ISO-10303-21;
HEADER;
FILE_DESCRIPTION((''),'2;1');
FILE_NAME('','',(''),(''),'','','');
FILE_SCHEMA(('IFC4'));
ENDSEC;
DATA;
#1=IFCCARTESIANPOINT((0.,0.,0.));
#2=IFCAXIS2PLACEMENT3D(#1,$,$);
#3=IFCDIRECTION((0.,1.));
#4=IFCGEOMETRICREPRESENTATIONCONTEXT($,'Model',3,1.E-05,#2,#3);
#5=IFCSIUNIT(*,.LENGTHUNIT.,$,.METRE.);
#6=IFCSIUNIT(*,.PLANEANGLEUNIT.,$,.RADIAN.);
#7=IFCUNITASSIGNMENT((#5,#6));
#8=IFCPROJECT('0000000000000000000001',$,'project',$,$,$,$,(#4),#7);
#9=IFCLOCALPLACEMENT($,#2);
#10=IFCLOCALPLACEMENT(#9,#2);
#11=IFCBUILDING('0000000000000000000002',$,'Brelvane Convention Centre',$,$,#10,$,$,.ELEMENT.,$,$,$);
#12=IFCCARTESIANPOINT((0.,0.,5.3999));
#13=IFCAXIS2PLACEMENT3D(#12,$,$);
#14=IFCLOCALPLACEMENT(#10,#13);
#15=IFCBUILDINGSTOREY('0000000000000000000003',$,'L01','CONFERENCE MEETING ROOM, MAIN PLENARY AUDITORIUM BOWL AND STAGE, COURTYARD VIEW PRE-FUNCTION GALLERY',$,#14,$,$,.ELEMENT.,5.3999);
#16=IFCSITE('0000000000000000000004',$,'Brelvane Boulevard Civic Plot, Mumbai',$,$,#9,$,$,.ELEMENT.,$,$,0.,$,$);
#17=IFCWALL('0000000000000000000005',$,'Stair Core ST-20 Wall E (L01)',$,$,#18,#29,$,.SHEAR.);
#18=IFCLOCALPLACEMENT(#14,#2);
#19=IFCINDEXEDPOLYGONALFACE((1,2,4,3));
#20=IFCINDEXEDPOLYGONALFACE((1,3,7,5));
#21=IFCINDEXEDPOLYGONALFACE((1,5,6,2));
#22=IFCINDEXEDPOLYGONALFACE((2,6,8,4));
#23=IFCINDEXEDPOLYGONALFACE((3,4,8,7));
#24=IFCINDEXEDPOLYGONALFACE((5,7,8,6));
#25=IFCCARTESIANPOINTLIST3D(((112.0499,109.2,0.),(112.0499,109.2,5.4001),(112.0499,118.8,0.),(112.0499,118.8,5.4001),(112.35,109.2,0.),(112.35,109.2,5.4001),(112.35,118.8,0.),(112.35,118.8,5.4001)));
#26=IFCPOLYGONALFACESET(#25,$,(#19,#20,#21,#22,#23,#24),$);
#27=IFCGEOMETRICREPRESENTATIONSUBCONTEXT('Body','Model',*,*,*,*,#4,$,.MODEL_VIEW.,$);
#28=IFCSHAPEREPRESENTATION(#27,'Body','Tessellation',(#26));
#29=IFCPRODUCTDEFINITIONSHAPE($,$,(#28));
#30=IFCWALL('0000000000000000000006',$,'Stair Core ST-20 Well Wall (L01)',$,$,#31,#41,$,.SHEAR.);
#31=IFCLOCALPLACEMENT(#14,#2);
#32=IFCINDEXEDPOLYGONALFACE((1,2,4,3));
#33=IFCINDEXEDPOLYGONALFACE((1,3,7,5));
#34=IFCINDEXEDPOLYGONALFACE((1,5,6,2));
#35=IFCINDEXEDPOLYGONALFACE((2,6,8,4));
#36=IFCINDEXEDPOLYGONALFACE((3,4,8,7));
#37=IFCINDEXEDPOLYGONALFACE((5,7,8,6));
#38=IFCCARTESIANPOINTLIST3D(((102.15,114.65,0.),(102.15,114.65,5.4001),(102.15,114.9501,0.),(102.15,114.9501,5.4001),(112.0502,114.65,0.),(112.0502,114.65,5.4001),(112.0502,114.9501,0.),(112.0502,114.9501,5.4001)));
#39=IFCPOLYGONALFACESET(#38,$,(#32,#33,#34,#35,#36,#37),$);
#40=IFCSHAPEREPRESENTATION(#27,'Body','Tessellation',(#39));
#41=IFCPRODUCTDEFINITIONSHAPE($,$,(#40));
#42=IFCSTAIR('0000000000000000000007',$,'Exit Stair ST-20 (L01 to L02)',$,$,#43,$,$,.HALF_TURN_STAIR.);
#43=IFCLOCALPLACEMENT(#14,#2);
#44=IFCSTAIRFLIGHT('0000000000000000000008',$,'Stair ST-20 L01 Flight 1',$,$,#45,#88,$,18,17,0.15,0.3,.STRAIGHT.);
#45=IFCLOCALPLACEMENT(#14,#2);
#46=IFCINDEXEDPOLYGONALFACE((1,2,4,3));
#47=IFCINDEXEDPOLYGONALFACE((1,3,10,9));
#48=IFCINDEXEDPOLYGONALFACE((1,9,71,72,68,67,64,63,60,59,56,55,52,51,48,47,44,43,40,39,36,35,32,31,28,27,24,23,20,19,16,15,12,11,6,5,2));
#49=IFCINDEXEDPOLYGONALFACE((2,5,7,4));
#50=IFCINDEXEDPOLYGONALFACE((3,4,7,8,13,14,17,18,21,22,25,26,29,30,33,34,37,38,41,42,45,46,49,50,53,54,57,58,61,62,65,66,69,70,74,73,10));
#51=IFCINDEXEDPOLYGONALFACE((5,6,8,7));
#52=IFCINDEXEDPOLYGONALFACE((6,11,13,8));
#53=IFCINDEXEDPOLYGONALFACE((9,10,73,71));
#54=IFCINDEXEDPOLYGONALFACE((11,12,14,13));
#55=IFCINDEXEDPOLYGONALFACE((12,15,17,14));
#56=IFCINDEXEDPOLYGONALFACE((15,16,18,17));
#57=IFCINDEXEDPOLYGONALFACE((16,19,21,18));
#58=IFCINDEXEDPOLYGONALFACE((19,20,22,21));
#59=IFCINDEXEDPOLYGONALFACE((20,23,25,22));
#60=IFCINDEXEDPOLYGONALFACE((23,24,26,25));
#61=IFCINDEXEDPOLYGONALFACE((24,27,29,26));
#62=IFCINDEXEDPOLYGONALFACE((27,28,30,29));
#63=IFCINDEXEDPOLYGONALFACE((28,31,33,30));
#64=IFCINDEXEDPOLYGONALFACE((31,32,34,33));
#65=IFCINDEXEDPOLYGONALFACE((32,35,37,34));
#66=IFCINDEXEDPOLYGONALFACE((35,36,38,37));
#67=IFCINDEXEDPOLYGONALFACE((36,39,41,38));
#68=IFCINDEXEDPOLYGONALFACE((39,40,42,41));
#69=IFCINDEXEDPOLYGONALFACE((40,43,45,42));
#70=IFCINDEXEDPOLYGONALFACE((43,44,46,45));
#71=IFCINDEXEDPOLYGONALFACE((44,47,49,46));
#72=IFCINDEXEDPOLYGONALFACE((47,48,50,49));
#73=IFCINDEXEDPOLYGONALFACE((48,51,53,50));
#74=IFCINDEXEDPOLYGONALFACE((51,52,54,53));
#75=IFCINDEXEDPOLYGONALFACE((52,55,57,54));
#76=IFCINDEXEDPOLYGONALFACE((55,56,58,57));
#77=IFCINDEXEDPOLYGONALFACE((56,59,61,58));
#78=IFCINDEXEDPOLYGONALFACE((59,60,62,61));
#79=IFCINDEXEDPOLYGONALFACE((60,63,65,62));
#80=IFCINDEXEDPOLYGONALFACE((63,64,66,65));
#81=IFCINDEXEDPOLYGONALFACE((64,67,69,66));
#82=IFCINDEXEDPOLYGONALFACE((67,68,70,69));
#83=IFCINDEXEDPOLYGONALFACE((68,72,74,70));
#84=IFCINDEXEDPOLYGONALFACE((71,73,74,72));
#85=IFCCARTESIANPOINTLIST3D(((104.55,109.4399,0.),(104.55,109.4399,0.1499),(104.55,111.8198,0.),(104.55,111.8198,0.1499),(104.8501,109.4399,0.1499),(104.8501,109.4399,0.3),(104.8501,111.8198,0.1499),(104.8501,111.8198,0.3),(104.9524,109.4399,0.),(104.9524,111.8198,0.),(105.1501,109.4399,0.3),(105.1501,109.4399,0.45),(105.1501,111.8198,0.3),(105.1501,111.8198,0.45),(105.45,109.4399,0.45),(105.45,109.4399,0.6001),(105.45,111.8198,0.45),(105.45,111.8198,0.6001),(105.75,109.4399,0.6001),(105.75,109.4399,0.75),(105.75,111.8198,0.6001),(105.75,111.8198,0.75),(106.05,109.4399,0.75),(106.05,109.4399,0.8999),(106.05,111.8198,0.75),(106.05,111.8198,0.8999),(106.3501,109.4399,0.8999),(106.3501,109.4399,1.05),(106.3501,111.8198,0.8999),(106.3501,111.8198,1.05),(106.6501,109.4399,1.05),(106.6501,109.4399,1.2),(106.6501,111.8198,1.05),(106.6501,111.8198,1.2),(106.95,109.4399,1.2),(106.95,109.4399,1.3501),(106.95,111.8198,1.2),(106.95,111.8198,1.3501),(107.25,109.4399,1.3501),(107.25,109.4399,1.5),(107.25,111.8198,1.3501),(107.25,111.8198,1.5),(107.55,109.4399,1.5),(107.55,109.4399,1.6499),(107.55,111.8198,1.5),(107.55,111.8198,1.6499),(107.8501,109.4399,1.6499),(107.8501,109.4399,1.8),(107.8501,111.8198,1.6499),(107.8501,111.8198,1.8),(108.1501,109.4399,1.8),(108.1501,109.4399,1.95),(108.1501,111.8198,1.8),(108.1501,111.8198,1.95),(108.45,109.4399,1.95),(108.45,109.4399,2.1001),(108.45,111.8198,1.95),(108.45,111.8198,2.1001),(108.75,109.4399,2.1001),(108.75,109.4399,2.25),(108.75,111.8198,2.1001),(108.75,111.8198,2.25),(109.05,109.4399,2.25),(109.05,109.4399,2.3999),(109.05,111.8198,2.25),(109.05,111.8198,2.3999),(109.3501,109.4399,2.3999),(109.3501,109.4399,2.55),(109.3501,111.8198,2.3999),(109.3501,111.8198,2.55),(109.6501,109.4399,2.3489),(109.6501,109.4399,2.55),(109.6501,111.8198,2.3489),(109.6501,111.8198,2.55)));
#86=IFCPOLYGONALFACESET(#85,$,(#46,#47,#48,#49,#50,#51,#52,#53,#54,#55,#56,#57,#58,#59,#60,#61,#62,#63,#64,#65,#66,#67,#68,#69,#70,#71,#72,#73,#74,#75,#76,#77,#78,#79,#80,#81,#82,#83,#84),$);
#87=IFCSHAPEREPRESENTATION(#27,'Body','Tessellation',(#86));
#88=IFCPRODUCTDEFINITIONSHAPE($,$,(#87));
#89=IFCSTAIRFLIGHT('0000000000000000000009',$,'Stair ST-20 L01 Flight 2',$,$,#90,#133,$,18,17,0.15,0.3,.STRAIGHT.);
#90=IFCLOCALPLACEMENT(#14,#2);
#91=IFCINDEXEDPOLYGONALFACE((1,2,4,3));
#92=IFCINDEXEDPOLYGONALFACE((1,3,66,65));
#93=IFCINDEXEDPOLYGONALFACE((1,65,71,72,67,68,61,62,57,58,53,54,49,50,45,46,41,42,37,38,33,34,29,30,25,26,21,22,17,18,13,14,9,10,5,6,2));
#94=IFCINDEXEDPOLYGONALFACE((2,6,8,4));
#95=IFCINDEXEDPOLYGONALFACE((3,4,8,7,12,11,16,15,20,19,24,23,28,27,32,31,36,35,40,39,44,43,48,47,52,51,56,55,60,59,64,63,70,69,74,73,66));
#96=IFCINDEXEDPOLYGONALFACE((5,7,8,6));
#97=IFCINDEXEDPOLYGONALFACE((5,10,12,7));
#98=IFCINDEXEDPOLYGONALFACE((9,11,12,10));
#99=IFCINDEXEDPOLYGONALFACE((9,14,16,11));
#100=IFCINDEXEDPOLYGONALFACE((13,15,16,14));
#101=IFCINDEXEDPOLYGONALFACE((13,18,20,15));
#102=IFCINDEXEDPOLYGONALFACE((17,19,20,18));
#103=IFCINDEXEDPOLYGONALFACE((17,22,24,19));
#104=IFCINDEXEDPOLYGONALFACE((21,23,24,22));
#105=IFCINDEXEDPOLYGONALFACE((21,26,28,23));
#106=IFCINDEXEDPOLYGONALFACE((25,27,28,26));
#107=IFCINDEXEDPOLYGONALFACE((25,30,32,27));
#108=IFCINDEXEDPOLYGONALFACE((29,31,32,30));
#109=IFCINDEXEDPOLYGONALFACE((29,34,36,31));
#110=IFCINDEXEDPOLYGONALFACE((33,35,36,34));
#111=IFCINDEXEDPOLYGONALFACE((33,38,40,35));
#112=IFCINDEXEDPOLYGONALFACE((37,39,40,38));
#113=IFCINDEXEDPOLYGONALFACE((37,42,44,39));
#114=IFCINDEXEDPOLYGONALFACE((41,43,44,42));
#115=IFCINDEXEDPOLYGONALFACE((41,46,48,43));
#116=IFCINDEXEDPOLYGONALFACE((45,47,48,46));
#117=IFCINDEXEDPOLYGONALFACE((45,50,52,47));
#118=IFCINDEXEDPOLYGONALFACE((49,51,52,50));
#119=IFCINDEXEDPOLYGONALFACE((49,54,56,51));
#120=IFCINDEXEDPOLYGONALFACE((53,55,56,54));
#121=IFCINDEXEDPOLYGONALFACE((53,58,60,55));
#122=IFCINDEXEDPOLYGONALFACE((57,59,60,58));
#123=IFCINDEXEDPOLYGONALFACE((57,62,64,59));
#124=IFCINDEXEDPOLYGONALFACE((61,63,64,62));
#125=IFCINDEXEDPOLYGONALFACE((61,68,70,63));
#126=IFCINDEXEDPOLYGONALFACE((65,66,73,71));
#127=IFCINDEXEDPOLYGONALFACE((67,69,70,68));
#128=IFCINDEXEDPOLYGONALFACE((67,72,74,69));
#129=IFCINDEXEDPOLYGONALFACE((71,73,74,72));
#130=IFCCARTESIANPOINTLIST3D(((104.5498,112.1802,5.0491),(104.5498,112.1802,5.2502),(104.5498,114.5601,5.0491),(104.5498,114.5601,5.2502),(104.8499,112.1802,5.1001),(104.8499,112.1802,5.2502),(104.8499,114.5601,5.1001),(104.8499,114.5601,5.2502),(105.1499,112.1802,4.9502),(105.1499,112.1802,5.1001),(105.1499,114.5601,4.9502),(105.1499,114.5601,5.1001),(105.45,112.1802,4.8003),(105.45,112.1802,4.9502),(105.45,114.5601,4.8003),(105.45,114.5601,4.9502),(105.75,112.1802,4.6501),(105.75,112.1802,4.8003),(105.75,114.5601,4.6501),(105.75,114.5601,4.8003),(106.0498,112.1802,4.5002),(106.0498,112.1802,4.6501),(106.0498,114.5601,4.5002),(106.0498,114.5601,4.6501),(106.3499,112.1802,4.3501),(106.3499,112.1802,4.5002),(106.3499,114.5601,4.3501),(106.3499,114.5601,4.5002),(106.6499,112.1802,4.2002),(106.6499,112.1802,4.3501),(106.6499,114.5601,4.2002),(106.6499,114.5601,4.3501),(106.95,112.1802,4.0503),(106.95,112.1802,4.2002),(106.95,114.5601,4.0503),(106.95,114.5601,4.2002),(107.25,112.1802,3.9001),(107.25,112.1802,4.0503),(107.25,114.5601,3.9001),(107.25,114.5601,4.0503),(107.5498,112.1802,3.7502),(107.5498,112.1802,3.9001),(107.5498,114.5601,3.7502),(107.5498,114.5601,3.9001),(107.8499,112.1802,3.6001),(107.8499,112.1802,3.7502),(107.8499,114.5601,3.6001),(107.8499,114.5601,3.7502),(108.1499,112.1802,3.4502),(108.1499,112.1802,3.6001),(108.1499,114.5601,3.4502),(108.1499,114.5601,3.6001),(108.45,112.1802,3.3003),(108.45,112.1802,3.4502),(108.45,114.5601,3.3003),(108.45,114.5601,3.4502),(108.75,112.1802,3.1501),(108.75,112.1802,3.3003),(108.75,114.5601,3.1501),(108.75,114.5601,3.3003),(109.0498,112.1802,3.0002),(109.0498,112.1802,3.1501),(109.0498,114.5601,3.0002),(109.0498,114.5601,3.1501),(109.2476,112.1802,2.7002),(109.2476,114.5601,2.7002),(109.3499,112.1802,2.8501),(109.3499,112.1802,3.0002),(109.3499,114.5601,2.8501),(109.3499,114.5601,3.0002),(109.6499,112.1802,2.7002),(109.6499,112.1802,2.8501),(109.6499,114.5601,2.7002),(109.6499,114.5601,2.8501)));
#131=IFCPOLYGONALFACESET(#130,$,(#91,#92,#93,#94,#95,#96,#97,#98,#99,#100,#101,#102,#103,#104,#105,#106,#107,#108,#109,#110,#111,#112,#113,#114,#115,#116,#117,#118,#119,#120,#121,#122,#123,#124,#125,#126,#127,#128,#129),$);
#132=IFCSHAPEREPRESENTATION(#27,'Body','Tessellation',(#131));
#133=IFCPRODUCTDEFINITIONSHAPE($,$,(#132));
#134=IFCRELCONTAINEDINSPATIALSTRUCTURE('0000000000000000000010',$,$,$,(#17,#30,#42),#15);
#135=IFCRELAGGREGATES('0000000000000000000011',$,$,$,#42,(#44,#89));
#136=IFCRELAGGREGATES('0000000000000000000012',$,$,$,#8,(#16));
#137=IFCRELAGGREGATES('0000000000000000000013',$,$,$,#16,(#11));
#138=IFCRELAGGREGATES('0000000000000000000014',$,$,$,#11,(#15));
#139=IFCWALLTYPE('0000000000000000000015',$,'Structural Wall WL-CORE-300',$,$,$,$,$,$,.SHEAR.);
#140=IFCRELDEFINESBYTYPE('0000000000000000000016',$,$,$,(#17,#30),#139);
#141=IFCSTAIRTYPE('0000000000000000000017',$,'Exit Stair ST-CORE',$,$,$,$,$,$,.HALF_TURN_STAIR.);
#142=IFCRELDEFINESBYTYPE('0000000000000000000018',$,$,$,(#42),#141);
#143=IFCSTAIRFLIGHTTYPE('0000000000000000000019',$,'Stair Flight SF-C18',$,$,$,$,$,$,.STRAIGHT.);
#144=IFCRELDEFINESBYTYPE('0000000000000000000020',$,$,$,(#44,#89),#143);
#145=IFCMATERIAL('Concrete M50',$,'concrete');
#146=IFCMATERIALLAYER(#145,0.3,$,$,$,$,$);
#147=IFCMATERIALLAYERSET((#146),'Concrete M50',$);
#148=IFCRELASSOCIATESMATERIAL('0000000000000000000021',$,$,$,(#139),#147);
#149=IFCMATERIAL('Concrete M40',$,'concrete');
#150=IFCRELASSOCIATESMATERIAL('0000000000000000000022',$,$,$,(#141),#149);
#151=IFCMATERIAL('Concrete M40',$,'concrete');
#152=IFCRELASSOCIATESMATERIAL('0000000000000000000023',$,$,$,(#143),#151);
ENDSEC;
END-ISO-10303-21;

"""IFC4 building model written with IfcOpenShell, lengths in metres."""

from ifc_helpers import new_model, si_unit, direction, frame, frame_2d, origin, place, context, subcontext, project, spatial, polyline, rectangle, outline, extrude, material, layer, layer_set, type_object, element, aggregate, save


model = new_model("IFC4")

# Units and contexts
model_context = context("Model", 3, precision=1e-05, world=origin(), true_north=direction((0.0, 1.0)))
body_context = subcontext(model_context, "Body", "Model", "MODEL_VIEW")
ifc_project = project(units=[si_unit("LENGTHUNIT", "METRE"), si_unit("PLANEANGLEUNIT", "RADIAN")], contexts=[model_context])

# Site, building, storey
site_placement = place(None, origin())
site = spatial("IfcSite", under=ifc_project, at=site_placement, Name="Brelvane Boulevard Civic Plot, Mumbai", CompositionType="ELEMENT", RefElevation=0.0)
building_placement = place(site_placement, origin())
building = spatial("IfcBuilding", under=site, at=building_placement, Name="Brelvane Convention Centre", CompositionType="ELEMENT")
storey_placement = place(building_placement, frame((0.0, 0.0, 5.3999)))
storey = spatial("IfcBuildingStorey", under=building, at=storey_placement, Name="L01", Description="CONFERENCE MEETING ROOM, MAIN PLENARY AUDITORIUM BOWL AND STAGE, COURTYARD VIEW PRE-FUNCTION GALLERY", CompositionType="ELEMENT", Elevation=5.3999)

# Shared definitions
ifc_material_1 = material(Name="Concrete M50", Category="concrete")
ifc_layer_1 = layer(ifc_material_1, 0.3)
ifc_layer_set_1 = layer_set([ifc_layer_1], Name="Concrete M50")
wall_type_1 = type_object("IfcWallType", Name="Structural Wall WL-CORE-300", PredefinedType="SHEAR", material=ifc_layer_set_1)

# Walls
for number, where, z_axis, x_axis, name in (
    (1, (112.2, 109.2, 0.0), (0.0, 0.0, 1.0), (0.0, 1.0, 0.0), "Stair Core ST-20 Wall E (L01)"),
):
    element("IfcWall", number, at=place(storey_placement, frame(where, z_axis=z_axis, x_axis=x_axis)), inside=storey, type_object=wall_type_1, Name=name, PredefinedType="SHEAR", context=body_context, shape_type="SweptSolid", body=[
        extrude(rectangle(XDim=9.6001, YDim=0.3, at=frame_2d((4.8, 0.0))), origin(), (0.0, 0.0, 1.0), 5.4001),
    ])
wall_1_placement = place(storey_placement, frame((102.1499, 114.8, 0.0), z_axis=(0.0, 0.0, 1.0), x_axis=(1.0, 0.0, 0.0)))
element("IfcWall", 2, at=wall_1_placement, inside=storey, type_object=wall_type_1, Name="Stair Core ST-20 Well Wall (L01)", PredefinedType="SHEAR", context=body_context, shape_type="SweptSolid", body=[
    extrude(rectangle(XDim=9.9001, YDim=0.3, at=frame_2d((4.9502, 0.0))), origin(), (0.0, 0.0, 1.0), 5.4001),
])

# Stair, stair flights
ifc_material_2 = material(Name="Concrete M40", Category="concrete")
stair_type = type_object("IfcStairType", Name="Exit Stair ST-CORE", PredefinedType="HALF_TURN_STAIR", material=ifc_material_2)
stair_placement = place(storey_placement, origin())
stair = element("IfcStair", 3, at=stair_placement, inside=storey, type_object=stair_type, Name="Exit Stair ST-20 (L01 to L02)", PredefinedType="HALF_TURN_STAIR")
ifc_material_3 = material(Name="Concrete M40", Category="concrete")
stair_flight_type = type_object("IfcStairFlightType", Name="Stair Flight SF-C18", PredefinedType="STRAIGHT", material=ifc_material_3)
stair_flight_1_placement = place(storey_placement, frame((104.55, 110.6299, 0.0), z_axis=(0.0, 0.0, 1.0), x_axis=(1.0, 0.0, 0.0)))
stair_flight_1 = element("IfcStairFlight", 4, at=stair_flight_1_placement, type_object=stair_flight_type, Name="Stair ST-20 L01 Flight 1", NumberOfRisers=18, NumberOfTreads=17, PredefinedType="STRAIGHT", RiserHeight=0.15, TreadLength=0.3, context=body_context, shape_type="SweptSolid", body=[
    extrude(outline(polyline([(0.0, 0.0), (0.0, 0.1499), (0.3, 0.1499), (0.3, 0.3), (0.6001, 0.3), (0.6001, 0.45), (0.8999, 0.45), (0.8999, 0.6001), (1.2, 0.6001), (1.2, 0.75), (1.5, 0.75), (1.5, 0.8999), (1.8, 0.8999), (1.8, 1.05), (2.1001, 1.05), (2.1001, 1.2), (2.3999, 1.2), (2.3999, 1.3501), (2.7, 1.3501), (2.7, 1.5), (3.0, 1.5), (3.0, 1.6499), (3.3, 1.6499), (3.3, 1.8), (3.6001, 1.8), (3.6001, 1.95), (3.8999, 1.95), (3.8999, 2.1001), (4.2, 2.1001), (4.2, 2.25), (4.5, 2.25), (4.5, 2.3999), (4.8, 2.3999), (4.8, 2.55), (5.1001, 2.55), (5.1001, 2.7), (5.1001, 2.3489), (0.4023, 0.0), (0.0, 0.0)])), frame((0.0, 1.1899, 0.0), z_axis=(0.0, -1.0, 0.0), x_axis=(1.0, 0.0, 0.0)), (0.0, 0.0, 1.0), 2.3799),
])
stair_flight_2_placement = place(storey_placement, frame((109.6499, 113.3701, 2.7002), z_axis=(0.0, 0.0, 1.0), x_axis=(-1.0, 0.0, 0.0)))
stair_flight_2 = element("IfcStairFlight", 5, at=stair_flight_2_placement, type_object=stair_flight_type, Name="Stair ST-20 L01 Flight 2", NumberOfRisers=18, NumberOfTreads=17, PredefinedType="STRAIGHT", RiserHeight=0.15, TreadLength=0.3, context=body_context, shape_type="SweptSolid", body=[
    extrude(outline(polyline([(0.0, 0.0), (0.0, 0.1499), (0.3, 0.1499), (0.3, 0.3), (0.6001, 0.3), (0.6001, 0.45), (0.8999, 0.45), (0.8999, 0.6001), (1.2, 0.6001), (1.2, 0.75), (1.5, 0.75), (1.5, 0.8999), (1.8, 0.8999), (1.8, 1.05), (2.1001, 1.05), (2.1001, 1.2), (2.3999, 1.2), (2.3999, 1.3501), (2.7, 1.3501), (2.7, 1.5), (3.0, 1.5), (3.0, 1.6499), (3.3, 1.6499), (3.3, 1.8), (3.6001, 1.8), (3.6001, 1.95), (3.8999, 1.95), (3.8999, 2.1001), (4.2, 2.1001), (4.2, 2.25), (4.5, 2.25), (4.5, 2.3999), (4.8, 2.3999), (4.8, 2.55), (5.1001, 2.55), (5.1001, 2.7), (5.1001, 2.3489), (0.4023, 0.0), (0.0, 0.0)])), frame((0.0, 1.1899, 0.0), z_axis=(0.0, -1.0, 0.0), x_axis=(1.0, 0.0, 0.0)), (0.0, 0.0, 1.0), 2.3799),
])
aggregate(stair, [stair_flight_1, stair_flight_2])

save(model, "model.ifc")
